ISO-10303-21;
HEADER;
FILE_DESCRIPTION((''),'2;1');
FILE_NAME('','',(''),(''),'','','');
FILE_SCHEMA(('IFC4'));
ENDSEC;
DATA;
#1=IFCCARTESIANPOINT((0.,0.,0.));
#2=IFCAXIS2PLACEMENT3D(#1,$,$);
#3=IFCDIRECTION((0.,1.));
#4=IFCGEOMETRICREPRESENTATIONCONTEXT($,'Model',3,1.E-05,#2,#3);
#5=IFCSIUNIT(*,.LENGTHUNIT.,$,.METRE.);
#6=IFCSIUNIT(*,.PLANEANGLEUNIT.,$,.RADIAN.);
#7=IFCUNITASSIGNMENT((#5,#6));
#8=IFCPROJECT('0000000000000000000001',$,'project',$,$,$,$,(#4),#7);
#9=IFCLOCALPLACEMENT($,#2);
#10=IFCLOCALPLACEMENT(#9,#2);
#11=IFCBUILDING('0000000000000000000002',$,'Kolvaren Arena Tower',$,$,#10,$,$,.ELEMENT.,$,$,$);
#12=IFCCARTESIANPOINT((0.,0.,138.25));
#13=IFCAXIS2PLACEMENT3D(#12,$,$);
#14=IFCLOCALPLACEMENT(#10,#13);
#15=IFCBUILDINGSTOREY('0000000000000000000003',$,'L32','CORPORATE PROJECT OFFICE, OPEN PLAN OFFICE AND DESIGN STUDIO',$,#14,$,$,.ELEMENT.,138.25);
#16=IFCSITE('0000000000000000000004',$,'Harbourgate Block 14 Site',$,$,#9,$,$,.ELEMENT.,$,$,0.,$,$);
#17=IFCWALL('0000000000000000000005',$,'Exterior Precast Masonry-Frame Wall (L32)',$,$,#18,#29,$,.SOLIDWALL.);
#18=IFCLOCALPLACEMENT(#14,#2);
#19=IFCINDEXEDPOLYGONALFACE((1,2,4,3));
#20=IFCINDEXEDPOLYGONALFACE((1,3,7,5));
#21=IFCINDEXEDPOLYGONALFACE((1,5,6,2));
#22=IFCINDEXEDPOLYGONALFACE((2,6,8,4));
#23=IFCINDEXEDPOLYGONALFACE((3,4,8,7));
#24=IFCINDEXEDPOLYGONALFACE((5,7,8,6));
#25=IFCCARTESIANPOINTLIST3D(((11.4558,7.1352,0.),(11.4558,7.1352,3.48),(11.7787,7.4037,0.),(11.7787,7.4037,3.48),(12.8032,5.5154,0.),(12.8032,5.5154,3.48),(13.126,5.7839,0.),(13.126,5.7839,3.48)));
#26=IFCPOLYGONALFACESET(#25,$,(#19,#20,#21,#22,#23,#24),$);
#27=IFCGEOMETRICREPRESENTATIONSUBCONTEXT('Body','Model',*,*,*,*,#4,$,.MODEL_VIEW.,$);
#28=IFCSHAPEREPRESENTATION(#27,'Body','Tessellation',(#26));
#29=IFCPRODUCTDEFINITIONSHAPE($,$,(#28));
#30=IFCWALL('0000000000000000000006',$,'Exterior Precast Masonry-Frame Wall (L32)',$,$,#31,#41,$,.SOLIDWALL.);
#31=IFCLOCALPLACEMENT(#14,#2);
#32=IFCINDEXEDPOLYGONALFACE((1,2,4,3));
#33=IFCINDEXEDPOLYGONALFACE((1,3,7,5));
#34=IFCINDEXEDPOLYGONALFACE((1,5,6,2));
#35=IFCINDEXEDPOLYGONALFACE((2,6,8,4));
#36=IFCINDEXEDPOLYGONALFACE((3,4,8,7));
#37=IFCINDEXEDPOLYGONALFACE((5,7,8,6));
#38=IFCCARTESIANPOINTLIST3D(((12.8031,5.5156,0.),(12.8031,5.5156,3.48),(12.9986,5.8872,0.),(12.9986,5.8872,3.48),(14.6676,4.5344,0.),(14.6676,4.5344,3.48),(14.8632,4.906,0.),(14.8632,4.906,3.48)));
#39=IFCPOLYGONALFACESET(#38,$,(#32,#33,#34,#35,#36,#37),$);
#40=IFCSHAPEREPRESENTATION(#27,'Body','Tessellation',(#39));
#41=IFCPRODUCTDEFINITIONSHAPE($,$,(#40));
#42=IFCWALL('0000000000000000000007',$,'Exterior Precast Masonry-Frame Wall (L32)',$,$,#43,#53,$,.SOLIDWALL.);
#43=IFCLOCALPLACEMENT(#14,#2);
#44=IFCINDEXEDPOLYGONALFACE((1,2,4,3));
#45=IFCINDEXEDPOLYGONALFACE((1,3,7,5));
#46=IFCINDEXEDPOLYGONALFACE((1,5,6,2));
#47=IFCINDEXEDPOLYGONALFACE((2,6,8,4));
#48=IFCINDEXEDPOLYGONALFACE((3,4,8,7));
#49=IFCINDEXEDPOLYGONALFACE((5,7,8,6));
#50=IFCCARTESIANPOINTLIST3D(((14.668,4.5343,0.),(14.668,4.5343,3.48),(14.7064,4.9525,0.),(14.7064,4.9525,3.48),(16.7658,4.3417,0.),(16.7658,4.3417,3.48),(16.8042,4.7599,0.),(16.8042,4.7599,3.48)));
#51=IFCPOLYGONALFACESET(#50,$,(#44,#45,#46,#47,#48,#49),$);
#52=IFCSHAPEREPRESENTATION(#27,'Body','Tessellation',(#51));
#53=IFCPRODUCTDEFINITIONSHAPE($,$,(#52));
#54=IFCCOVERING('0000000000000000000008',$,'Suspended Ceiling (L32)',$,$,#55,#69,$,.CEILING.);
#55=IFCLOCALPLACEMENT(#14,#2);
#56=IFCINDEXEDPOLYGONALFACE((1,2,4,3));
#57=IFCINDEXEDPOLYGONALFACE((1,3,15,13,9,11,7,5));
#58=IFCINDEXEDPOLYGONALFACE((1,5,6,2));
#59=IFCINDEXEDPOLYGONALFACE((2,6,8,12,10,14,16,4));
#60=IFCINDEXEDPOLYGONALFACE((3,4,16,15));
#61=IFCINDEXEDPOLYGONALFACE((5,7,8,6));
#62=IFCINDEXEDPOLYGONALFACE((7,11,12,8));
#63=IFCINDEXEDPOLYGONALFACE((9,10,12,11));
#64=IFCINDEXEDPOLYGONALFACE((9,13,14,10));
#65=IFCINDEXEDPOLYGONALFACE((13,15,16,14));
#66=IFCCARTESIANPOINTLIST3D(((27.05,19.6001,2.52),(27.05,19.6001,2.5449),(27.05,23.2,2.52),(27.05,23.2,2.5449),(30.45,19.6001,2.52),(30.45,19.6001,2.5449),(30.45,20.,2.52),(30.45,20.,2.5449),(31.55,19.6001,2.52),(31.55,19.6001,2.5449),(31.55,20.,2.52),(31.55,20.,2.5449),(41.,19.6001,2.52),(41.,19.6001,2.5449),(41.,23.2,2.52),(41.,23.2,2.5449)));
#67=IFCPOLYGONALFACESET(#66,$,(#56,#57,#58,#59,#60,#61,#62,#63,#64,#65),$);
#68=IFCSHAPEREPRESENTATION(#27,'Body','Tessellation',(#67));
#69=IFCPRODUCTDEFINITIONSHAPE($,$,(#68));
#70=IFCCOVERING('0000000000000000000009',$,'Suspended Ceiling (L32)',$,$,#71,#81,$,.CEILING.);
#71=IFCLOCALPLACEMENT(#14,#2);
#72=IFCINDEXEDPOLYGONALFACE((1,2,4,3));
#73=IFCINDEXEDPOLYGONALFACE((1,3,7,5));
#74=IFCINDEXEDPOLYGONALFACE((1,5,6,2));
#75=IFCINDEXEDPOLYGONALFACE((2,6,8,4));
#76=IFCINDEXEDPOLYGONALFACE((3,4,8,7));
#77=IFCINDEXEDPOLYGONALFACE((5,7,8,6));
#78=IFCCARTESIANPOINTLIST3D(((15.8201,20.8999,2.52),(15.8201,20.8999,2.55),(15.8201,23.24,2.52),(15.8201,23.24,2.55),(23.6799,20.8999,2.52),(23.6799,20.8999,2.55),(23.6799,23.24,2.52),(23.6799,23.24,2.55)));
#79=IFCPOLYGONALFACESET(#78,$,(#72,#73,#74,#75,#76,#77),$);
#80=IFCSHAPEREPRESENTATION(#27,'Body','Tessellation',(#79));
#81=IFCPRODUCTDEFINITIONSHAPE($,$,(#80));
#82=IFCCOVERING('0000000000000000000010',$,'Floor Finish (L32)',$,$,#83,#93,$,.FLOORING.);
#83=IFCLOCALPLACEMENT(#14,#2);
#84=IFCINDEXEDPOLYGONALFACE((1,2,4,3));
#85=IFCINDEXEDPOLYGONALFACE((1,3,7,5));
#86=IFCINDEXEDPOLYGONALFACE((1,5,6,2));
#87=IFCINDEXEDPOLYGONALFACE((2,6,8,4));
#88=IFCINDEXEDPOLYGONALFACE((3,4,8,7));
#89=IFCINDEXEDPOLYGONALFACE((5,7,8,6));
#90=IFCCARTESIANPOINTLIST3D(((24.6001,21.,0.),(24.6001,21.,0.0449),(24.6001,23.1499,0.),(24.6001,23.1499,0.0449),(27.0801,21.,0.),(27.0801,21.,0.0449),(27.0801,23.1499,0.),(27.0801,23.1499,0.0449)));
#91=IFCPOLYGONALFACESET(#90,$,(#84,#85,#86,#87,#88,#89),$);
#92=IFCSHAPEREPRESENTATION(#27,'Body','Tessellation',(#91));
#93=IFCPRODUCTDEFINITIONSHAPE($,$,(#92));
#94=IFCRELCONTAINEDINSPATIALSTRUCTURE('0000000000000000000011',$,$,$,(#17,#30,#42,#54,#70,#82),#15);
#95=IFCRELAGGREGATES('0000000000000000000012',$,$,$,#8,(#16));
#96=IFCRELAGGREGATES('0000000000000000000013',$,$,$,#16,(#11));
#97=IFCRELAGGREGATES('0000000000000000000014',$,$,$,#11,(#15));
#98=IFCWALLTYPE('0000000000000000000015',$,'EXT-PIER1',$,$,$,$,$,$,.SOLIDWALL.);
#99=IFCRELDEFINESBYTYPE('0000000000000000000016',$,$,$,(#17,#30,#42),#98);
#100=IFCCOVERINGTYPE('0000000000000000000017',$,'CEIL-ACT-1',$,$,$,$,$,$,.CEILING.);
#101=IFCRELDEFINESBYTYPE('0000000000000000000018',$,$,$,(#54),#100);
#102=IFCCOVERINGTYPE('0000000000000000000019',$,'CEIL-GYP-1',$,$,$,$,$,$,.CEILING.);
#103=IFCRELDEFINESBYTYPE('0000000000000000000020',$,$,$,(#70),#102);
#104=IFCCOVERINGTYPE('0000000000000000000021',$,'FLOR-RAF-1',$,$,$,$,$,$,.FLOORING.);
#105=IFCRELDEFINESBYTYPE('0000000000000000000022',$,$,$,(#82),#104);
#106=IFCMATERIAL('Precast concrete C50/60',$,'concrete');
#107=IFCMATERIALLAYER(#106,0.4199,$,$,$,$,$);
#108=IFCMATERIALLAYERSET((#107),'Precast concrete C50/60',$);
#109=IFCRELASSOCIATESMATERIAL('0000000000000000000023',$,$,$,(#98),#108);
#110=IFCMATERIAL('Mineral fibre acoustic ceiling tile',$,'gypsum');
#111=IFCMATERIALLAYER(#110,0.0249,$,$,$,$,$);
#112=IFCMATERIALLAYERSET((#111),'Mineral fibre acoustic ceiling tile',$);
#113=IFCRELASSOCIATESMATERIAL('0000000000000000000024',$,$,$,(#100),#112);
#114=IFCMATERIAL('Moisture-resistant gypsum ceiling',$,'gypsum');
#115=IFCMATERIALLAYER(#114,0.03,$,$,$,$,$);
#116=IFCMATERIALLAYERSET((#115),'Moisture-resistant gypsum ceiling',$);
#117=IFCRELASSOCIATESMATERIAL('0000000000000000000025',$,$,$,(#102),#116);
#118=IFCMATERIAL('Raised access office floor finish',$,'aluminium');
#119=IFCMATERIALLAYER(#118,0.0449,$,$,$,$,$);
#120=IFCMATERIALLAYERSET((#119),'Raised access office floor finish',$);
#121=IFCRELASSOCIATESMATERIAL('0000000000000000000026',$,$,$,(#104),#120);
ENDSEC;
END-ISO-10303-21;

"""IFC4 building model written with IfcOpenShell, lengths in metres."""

from ifc_helpers import new_model, si_unit, direction, frame, frame_2d, origin, place, context, subcontext, project, spatial, polyline, rectangle, outline, extrude, material, layer, layer_set, type_object, element, save


model = new_model("IFC4")

# Units and contexts
model_context = context("Model", 3, precision=1e-05, world=origin(), true_north=direction((0.0, 1.0)))
body_context = subcontext(model_context, "Body", "Model", "MODEL_VIEW")
ifc_project = project(units=[si_unit("LENGTHUNIT", "METRE"), si_unit("PLANEANGLEUNIT", "RADIAN")], contexts=[model_context])

# Site, building, storey
site_placement = place(None, origin())
site = spatial("IfcSite", under=ifc_project, at=site_placement, Name="Harbourgate Block 14 Site", CompositionType="ELEMENT", RefElevation=0.0)
building_placement = place(site_placement, origin())
building = spatial("IfcBuilding", under=site, at=building_placement, Name="Kolvaren Arena Tower", CompositionType="ELEMENT")
storey_placement = place(building_placement, frame((0.0, 0.0, 138.25)))
storey = spatial("IfcBuildingStorey", under=building, at=storey_placement, Name="L32", Description="CORPORATE PROJECT OFFICE, OPEN PLAN OFFICE AND DESIGN STUDIO", CompositionType="ELEMENT", Elevation=138.25)

# Shared definitions
ifc_material_1 = material(Name="Precast concrete C50/60", Category="concrete")
ifc_layer_1 = layer(ifc_material_1, 0.4199)
ifc_layer_set_1 = layer_set([ifc_layer_1], Name="Precast concrete C50/60")
wall_type = type_object("IfcWallType", Name="EXT-PIER1", PredefinedType="SOLIDWALL", material=ifc_layer_set_1)

# Walls
for number, where, z_axis, x_axis, name in (
    (1, (12.9646, 5.6497, 0.0), (0.0, 0.0, 1.0), (-0.639489, 0.7688, 0.0), "Exterior Precast Masonry-Frame Wall (L32)"),
    (2, (14.7654, 4.7202, 0.0), (0.0, 0.0, 1.0), (-0.884941, 0.465703, 0.0), "Exterior Precast Masonry-Frame Wall (L32)"),
):
    element("IfcWall", number, at=place(storey_placement, frame(where, z_axis=z_axis, x_axis=x_axis)), inside=storey, type_object=wall_type, Name=name, PredefinedType="SOLIDWALL", context=body_context, shape_type="SweptSolid", body=[
        extrude(rectangle(XDim=2.1069, YDim=0.4199, at=frame_2d((1.0535, 0.0))), origin(), (0.0, 0.0, 1.0), 3.48),
    ])
wall_1_placement = place(storey_placement, frame((16.7849, 4.5508, 0.0), z_axis=(0.0, 0.0, 1.0), x_axis=(-0.995811, 0.091434, 0.0)))
element("IfcWall", 3, at=wall_1_placement, inside=storey, type_object=wall_type, Name="Exterior Precast Masonry-Frame Wall (L32)", PredefinedType="SOLIDWALL", context=body_context, shape_type="SweptSolid", body=[
    extrude(rectangle(XDim=2.1067, YDim=0.4199, at=frame_2d((1.0532, 0.0))), origin(), (0.0, 0.0, 1.0), 3.48),
])

# Coverings
ifc_material_2 = material(Name="Mineral fibre acoustic ceiling tile", Category="gypsum")
ifc_layer_2 = layer(ifc_material_2, 0.0249)
ifc_layer_set_2 = layer_set([ifc_layer_2], Name="Mineral fibre acoustic ceiling tile")
covering_type_1 = type_object("IfcCoveringType", Name="CEIL-ACT-1", PredefinedType="CEILING", material=ifc_layer_set_2)
covering_1_placement = place(storey_placement, frame((0.0, 0.0, 2.52)))
element("IfcCovering", 4, at=covering_1_placement, inside=storey, type_object=covering_type_1, Name="Suspended Ceiling (L32)", PredefinedType="CEILING", context=body_context, shape_type="SweptSolid", body=[
    extrude(outline(polyline([(27.05, 19.6001), (27.05, 23.2), (41.0, 23.2), (41.0, 19.6001), (31.55, 19.6001), (31.55, 20.0), (30.45, 20.0), (30.45, 19.6001), (27.05, 19.6001)])), origin(), (0.0, 0.0, 1.0), 0.0249),
])
ifc_material_3 = material(Name="Moisture-resistant gypsum ceiling", Category="gypsum")
ifc_layer_3 = layer(ifc_material_3, 0.03)
ifc_layer_set_3 = layer_set([ifc_layer_3], Name="Moisture-resistant gypsum ceiling")
covering_type_2 = type_object("IfcCoveringType", Name="CEIL-GYP-1", PredefinedType="CEILING", material=ifc_layer_set_3)
covering_2_placement = place(storey_placement, frame((0.0, 0.0, 2.52)))
element("IfcCovering", 5, at=covering_2_placement, inside=storey, type_object=covering_type_2, Name="Suspended Ceiling (L32)", PredefinedType="CEILING", context=body_context, shape_type="SweptSolid", body=[
    extrude(outline(polyline([(15.8201, 20.8999), (15.8201, 23.24), (23.6799, 23.24), (23.6799, 20.8999), (15.8201, 20.8999)])), origin(), (0.0, 0.0, 1.0), 0.03),
])
ifc_material_4 = material(Name="Raised access office floor finish", Category="aluminium")
ifc_layer_4 = layer(ifc_material_4, 0.0449)
ifc_layer_set_4 = layer_set([ifc_layer_4], Name="Raised access office floor finish")
covering_type_3 = type_object("IfcCoveringType", Name="FLOR-RAF-1", PredefinedType="FLOORING", material=ifc_layer_set_4)
covering_3_placement = place(storey_placement, origin())
element("IfcCovering", 6, at=covering_3_placement, inside=storey, type_object=covering_type_3, Name="Floor Finish (L32)", PredefinedType="FLOORING", context=body_context, shape_type="SweptSolid", body=[
    extrude(outline(polyline([(24.6001, 21.0), (24.6001, 23.1499), (27.0801, 23.1499), (27.0801, 21.0), (24.6001, 21.0)])), origin(), (0.0, 0.0, 1.0), 0.0449),
])

save(model, "model.ifc")
